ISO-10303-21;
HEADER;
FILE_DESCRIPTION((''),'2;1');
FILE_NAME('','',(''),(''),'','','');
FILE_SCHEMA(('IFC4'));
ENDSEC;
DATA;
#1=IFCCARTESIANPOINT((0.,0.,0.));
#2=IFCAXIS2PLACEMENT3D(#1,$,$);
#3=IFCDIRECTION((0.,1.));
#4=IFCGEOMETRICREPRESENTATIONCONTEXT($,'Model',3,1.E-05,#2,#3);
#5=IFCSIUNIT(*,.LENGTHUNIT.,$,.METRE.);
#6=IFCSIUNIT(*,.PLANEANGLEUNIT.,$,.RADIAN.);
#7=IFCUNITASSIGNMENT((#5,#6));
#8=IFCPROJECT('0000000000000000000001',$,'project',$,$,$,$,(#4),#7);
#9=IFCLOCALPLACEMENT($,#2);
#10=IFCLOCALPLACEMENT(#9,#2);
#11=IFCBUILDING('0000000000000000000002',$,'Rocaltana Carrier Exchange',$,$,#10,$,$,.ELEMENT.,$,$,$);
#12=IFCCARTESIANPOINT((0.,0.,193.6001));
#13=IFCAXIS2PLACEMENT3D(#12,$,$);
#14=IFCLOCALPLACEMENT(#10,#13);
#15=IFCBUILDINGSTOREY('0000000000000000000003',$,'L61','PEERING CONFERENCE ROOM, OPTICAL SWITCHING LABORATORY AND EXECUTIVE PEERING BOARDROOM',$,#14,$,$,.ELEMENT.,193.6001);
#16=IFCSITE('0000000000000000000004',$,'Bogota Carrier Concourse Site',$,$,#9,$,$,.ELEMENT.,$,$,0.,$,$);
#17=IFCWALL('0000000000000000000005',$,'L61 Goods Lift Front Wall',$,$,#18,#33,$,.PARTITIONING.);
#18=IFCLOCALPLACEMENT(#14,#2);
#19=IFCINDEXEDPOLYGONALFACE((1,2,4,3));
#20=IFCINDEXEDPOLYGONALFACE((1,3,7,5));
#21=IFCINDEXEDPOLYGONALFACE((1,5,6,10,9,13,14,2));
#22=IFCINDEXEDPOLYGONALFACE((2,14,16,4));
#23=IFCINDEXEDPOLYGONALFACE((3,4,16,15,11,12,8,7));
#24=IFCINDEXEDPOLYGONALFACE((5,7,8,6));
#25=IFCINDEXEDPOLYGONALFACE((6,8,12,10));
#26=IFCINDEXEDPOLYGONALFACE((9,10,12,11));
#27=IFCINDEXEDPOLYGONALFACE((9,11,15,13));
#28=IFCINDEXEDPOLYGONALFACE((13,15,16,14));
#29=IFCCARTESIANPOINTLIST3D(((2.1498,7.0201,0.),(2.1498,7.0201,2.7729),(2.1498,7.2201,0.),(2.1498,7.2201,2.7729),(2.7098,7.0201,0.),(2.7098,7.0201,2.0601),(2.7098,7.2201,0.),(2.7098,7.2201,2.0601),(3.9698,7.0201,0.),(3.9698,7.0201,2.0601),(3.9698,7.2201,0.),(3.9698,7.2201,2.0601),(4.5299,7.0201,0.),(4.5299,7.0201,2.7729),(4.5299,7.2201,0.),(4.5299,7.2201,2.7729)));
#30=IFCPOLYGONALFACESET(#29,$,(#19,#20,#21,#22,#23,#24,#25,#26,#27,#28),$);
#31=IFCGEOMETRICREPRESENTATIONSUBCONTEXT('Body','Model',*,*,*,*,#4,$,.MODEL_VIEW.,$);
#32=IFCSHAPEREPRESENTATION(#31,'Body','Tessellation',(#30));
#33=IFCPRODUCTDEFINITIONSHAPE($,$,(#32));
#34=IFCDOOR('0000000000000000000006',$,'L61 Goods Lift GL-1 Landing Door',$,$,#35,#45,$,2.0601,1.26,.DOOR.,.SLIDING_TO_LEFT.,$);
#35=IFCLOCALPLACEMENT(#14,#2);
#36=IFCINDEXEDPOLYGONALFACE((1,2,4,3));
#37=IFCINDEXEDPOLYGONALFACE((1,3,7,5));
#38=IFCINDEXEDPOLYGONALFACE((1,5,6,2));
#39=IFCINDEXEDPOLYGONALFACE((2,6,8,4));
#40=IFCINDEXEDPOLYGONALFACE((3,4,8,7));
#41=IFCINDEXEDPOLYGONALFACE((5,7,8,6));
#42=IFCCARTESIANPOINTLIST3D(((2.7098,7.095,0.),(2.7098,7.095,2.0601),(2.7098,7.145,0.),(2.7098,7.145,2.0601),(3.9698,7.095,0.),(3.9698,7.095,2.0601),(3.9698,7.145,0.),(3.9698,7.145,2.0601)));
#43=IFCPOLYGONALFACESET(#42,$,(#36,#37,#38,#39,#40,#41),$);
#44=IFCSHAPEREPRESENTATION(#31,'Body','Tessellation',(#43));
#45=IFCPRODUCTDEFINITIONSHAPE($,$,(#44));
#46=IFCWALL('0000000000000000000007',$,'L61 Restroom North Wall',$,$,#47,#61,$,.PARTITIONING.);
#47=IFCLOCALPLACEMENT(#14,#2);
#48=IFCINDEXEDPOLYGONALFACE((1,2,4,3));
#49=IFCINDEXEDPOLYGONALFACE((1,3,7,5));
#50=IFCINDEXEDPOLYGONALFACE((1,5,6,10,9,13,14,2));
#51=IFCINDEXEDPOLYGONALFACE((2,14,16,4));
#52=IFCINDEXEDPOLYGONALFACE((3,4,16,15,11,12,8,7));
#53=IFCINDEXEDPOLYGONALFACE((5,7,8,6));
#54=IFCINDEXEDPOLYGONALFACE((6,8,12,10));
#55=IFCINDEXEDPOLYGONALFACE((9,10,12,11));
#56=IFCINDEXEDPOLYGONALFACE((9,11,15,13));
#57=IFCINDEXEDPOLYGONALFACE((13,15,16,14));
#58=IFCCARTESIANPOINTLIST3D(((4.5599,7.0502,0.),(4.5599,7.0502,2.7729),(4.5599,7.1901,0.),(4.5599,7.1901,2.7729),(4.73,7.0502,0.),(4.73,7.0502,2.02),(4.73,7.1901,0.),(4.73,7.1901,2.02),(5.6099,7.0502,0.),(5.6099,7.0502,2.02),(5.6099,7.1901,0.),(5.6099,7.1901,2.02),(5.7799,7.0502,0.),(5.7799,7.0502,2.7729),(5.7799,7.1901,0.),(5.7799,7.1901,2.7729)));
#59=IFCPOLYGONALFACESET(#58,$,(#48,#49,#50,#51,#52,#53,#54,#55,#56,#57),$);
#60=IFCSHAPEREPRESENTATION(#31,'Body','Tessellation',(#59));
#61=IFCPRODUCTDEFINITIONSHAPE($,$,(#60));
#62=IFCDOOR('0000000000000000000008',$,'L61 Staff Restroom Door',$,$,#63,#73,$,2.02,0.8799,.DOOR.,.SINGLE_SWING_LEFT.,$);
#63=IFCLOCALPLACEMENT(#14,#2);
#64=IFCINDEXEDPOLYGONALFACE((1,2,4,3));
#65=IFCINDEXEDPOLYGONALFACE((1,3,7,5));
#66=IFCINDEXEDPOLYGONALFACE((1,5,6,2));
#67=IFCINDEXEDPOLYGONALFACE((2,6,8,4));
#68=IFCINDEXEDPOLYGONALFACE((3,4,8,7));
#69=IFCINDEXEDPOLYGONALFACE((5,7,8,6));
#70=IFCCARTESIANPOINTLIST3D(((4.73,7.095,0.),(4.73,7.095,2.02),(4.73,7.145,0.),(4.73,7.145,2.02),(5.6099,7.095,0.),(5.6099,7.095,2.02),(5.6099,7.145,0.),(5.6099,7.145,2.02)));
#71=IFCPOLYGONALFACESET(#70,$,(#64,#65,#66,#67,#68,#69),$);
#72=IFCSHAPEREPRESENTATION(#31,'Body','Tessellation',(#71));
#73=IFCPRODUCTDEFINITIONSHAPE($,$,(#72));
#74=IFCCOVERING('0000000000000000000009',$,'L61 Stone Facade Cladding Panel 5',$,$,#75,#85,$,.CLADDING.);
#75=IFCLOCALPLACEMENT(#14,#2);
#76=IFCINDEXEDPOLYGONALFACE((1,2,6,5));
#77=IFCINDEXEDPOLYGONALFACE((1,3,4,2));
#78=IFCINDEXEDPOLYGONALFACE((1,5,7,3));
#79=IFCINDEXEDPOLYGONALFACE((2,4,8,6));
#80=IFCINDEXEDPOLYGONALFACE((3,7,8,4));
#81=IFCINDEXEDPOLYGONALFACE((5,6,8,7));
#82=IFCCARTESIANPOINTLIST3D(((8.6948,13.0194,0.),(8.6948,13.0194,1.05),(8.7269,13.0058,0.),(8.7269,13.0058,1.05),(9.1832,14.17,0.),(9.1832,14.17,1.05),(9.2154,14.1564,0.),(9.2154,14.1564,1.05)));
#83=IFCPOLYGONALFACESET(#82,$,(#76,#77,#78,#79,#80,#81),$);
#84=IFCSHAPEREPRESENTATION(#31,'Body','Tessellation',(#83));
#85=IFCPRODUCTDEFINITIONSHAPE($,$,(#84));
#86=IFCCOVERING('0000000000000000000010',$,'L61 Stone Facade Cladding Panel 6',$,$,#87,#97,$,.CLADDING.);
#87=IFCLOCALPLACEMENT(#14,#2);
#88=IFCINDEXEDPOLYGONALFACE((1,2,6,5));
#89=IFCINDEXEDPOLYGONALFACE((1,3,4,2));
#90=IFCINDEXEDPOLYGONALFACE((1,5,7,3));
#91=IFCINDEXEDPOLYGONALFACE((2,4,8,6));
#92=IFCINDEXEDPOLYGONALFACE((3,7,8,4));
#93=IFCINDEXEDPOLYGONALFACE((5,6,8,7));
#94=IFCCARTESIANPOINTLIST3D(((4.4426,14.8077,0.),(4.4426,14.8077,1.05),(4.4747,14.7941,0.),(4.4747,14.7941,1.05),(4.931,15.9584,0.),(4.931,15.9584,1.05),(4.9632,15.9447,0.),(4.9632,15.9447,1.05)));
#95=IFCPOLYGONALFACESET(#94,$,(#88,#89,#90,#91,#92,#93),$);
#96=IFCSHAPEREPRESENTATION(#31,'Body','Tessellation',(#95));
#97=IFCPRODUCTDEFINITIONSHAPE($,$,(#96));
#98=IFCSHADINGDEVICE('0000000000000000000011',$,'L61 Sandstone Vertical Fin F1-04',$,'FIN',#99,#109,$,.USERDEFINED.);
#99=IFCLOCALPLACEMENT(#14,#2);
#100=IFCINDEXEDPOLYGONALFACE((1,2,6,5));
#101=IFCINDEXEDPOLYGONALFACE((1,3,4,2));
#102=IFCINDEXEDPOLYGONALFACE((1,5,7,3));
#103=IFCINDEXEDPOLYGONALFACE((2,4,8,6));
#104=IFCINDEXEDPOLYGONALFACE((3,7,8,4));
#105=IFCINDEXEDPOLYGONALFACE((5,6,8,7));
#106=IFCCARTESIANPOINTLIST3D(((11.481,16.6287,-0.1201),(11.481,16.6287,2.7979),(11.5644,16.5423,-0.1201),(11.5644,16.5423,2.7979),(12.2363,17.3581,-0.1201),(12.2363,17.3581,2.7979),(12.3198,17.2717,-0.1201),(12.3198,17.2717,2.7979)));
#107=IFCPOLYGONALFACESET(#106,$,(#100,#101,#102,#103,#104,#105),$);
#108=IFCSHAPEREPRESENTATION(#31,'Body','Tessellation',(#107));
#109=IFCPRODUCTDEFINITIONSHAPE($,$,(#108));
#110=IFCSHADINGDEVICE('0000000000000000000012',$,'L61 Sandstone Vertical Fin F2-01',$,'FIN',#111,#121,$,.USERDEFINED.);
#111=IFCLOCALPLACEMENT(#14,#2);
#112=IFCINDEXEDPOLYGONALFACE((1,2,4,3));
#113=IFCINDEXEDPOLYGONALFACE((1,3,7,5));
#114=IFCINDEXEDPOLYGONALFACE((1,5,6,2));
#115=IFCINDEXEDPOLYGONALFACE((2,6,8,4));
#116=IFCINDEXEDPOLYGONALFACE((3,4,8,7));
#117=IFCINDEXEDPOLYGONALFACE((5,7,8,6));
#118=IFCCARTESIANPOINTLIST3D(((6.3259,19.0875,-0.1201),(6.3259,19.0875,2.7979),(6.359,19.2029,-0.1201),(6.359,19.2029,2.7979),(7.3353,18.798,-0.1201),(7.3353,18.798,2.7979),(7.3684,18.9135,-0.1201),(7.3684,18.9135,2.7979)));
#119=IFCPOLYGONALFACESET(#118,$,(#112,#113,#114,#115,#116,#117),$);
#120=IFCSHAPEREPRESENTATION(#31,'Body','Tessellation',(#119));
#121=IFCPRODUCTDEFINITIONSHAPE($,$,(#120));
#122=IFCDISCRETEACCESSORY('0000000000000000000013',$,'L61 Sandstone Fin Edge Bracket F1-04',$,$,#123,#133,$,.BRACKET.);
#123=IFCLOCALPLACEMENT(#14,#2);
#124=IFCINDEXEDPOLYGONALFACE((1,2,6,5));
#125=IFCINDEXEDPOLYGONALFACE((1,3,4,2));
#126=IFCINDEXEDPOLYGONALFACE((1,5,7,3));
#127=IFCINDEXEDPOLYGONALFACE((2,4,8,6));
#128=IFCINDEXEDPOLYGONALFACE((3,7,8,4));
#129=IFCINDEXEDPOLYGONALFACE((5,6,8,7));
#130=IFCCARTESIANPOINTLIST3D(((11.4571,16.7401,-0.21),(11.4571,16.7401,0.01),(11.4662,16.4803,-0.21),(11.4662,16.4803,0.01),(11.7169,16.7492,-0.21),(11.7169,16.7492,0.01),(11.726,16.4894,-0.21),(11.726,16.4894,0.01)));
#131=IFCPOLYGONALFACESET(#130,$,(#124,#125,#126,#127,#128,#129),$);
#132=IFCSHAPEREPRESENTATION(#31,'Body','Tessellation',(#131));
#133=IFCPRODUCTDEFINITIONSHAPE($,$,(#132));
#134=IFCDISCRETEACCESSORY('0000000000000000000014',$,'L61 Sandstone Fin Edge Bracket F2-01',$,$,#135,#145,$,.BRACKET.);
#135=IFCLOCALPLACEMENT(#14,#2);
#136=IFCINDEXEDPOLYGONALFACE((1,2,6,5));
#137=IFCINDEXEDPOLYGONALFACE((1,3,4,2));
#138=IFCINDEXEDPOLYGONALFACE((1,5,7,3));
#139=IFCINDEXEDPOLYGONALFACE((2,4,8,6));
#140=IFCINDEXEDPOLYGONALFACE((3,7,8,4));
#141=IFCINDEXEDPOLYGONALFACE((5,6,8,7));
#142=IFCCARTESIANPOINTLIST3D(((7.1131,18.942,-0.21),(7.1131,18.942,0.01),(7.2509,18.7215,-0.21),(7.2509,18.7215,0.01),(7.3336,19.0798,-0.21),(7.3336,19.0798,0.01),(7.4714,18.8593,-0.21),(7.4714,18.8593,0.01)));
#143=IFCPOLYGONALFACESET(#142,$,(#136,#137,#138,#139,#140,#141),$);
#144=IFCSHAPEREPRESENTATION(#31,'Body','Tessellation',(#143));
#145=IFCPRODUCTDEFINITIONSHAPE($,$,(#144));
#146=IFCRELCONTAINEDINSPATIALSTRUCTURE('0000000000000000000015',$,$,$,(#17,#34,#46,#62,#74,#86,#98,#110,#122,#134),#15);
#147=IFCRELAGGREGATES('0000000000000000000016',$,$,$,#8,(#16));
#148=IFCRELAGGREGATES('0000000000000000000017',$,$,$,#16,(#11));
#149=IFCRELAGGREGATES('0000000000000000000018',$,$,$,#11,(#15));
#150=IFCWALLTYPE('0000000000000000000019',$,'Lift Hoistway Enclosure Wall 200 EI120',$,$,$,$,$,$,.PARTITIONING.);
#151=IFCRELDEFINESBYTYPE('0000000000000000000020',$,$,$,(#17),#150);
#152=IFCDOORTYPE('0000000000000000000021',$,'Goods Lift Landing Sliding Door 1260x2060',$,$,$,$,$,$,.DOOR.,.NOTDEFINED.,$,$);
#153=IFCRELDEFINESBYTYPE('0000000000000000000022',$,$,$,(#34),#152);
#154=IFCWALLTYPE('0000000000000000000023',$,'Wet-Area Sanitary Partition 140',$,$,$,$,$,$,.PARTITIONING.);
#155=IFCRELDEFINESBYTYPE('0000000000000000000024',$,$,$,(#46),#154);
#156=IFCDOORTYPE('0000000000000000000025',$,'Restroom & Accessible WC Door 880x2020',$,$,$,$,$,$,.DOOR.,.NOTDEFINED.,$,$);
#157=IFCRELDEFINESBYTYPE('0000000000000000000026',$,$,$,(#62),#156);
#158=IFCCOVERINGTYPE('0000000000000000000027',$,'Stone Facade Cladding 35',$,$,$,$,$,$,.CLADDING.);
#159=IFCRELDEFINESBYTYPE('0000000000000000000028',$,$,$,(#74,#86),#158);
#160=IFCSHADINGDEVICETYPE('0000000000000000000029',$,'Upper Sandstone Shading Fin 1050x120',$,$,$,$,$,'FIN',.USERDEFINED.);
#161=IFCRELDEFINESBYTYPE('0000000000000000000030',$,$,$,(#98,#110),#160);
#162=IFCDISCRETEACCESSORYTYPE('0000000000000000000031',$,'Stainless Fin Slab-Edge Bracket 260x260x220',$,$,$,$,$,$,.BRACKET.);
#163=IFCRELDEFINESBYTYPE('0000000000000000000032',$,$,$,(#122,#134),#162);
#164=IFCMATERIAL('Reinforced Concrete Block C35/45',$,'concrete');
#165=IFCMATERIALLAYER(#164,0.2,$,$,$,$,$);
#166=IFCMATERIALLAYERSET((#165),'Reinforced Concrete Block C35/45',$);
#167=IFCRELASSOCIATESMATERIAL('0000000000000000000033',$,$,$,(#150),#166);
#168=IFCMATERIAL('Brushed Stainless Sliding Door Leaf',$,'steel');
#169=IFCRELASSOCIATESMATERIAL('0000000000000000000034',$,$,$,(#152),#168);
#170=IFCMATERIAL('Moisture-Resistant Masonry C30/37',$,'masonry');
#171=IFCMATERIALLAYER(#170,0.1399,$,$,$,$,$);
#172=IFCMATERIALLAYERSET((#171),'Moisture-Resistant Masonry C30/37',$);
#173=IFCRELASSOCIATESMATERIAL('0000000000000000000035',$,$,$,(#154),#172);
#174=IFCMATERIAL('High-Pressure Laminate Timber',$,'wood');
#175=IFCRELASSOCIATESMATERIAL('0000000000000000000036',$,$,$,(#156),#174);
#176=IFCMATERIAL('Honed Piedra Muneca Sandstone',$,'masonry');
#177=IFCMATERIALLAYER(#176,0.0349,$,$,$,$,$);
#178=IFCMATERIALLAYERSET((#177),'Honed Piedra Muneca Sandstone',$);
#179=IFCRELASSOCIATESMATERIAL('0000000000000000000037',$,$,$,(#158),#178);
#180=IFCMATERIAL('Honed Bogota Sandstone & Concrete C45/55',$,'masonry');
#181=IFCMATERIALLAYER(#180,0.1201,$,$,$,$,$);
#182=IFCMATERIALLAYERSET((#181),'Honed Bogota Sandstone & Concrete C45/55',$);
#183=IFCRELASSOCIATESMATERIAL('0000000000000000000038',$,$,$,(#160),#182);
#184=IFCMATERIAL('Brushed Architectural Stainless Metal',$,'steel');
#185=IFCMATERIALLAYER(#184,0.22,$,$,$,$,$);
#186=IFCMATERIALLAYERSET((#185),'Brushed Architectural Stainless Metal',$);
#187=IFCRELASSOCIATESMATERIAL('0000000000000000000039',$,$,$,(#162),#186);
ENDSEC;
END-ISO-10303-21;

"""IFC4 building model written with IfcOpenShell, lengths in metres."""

from ifc_helpers import new_model, si_unit, direction, frame, frame_2d, origin, origin_2d, place, context, subcontext, project, spatial, rectangle, extrude, material, layer, layer_set, type_object, element, fill, save


model = new_model("IFC4")

# Units and contexts
model_context = context("Model", 3, precision=1e-05, world=origin(), true_north=direction((0.0, 1.0)))
body_context = subcontext(model_context, "Body", "Model", "MODEL_VIEW")
ifc_project = project(units=[si_unit("LENGTHUNIT", "METRE"), si_unit("PLANEANGLEUNIT", "RADIAN")], contexts=[model_context])

# Site, building, storey
site_placement = place(None, origin())
site = spatial("IfcSite", under=ifc_project, at=site_placement, Name="Bogota Carrier Concourse Site", CompositionType="ELEMENT", RefElevation=0.0)
building_placement = place(site_placement, origin())
building = spatial("IfcBuilding", under=site, at=building_placement, Name="Rocaltana Carrier Exchange", CompositionType="ELEMENT")
storey_placement = place(building_placement, frame((0.0, 0.0, 193.6001)))
storey = spatial("IfcBuildingStorey", under=building, at=storey_placement, Name="L61", Description="PEERING CONFERENCE ROOM, OPTICAL SWITCHING LABORATORY AND EXECUTIVE PEERING BOARDROOM", CompositionType="ELEMENT", Elevation=193.6001)

# Walls, openings, doors
ifc_material_1 = material(Name="Reinforced Concrete Block C35/45", Category="concrete")
ifc_layer_1 = layer(ifc_material_1, 0.2)
ifc_layer_set_1 = layer_set([ifc_layer_1], Name="Reinforced Concrete Block C35/45")
wall_type_1 = type_object("IfcWallType", Name="Lift Hoistway Enclosure Wall 200 EI120", PredefinedType="PARTITIONING", material=ifc_layer_set_1)
wall_1_placement = place(storey_placement, frame((2.1499, 7.1201, 0.0), z_axis=(0.0, 0.0, 1.0), x_axis=(1.0, 0.0, 0.0)))
wall_1 = element("IfcWall", 1, at=wall_1_placement, inside=storey, type_object=wall_type_1, Name="L61 Goods Lift Front Wall", PredefinedType="PARTITIONING", context=body_context, shape_type="SweptSolid", body=[
    extrude(rectangle(XDim=2.3801, YDim=0.2, at=frame_2d((1.1899, 0.0))), origin(), (0.0, 0.0, 1.0), 2.7729),
])
opening_1_placement = place(wall_1_placement, frame((0.5601, 0.0, 0.0)))
opening_1 = element("IfcOpeningElement", 2, at=opening_1_placement, cuts=wall_1, PredefinedType="OPENING", context=body_context, shape_type="SweptSolid", body=[
    extrude(rectangle(XDim=1.26, YDim=2.0601, at=frame_2d((0.6299, 1.03))), frame((0.0, 0.1099, 0.0), z_axis=(0.0, -1.0, 0.0), x_axis=(1.0, 0.0, 0.0)), (0.0, 0.0, 1.0), 0.22),
])
ifc_material_2 = material(Name="Brushed Stainless Sliding Door Leaf", Category="steel")
door_type_1 = type_object("IfcDoorType", Name="Goods Lift Landing Sliding Door 1260x2060", OperationType="NOTDEFINED", PredefinedType="DOOR", material=ifc_material_2)
door_1_placement = place(opening_1_placement, origin())
door_1 = element("IfcDoor", 3, at=door_1_placement, inside=storey, type_object=door_type_1, Name="L61 Goods Lift GL-1 Landing Door", OperationType="SLIDING_TO_LEFT", OverallHeight=2.0601, OverallWidth=1.26, PredefinedType="DOOR", context=body_context, shape_type="SweptSolid", body=[
    extrude(rectangle(XDim=1.26, YDim=2.0601, at=frame_2d((0.6299, 1.03))), frame((0.0, 0.0249, 0.0), z_axis=(0.0, -1.0, 0.0), x_axis=(1.0, 0.0, 0.0)), (0.0, 0.0, 1.0), 0.05),
])
fill(opening_1, door_1)
ifc_material_3 = material(Name="Moisture-Resistant Masonry C30/37", Category="masonry")
ifc_layer_2 = layer(ifc_material_3, 0.1399)
ifc_layer_set_2 = layer_set([ifc_layer_2], Name="Moisture-Resistant Masonry C30/37")
wall_type_2 = type_object("IfcWallType", Name="Wet-Area Sanitary Partition 140", PredefinedType="PARTITIONING", material=ifc_layer_set_2)
wall_2_placement = place(storey_placement, frame((4.5601, 7.1201, 0.0), z_axis=(0.0, 0.0, 1.0), x_axis=(1.0, 0.0, 0.0)))
wall_2 = element("IfcWall", 4, at=wall_2_placement, inside=storey, type_object=wall_type_2, Name="L61 Restroom North Wall", PredefinedType="PARTITIONING", context=body_context, shape_type="SweptSolid", body=[
    extrude(rectangle(XDim=1.22, YDim=0.1399, at=frame_2d((0.6099, 0.0))), origin(), (0.0, 0.0, 1.0), 2.7729),
])
opening_2_placement = place(wall_2_placement, frame((0.1699, 0.0, 0.0)))
opening_2 = element("IfcOpeningElement", 5, at=opening_2_placement, cuts=wall_2, PredefinedType="OPENING", context=body_context, shape_type="SweptSolid", body=[
    extrude(rectangle(XDim=0.8799, YDim=2.02, at=frame_2d((0.4399, 1.01))), frame((0.0, 0.0798, 0.0), z_axis=(0.0, -1.0, 0.0), x_axis=(1.0, 0.0, 0.0)), (0.0, 0.0, 1.0), 0.1599),
])
ifc_material_4 = material(Name="High-Pressure Laminate Timber", Category="wood")
door_type_2 = type_object("IfcDoorType", Name="Restroom & Accessible WC Door 880x2020", OperationType="NOTDEFINED", PredefinedType="DOOR", material=ifc_material_4)
door_2_placement = place(opening_2_placement, origin())
door_2 = element("IfcDoor", 6, at=door_2_placement, inside=storey, type_object=door_type_2, Name="L61 Staff Restroom Door", OperationType="SINGLE_SWING_LEFT", OverallHeight=2.02, OverallWidth=0.8799, PredefinedType="DOOR", context=body_context, shape_type="SweptSolid", body=[
    extrude(rectangle(XDim=0.8799, YDim=2.02, at=frame_2d((0.4399, 1.01))), frame((0.0, 0.0249, 0.0), z_axis=(0.0, -1.0, 0.0), x_axis=(1.0, 0.0, 0.0)), (0.0, 0.0, 1.0), 0.05),
])
fill(opening_2, door_2)

# Coverings
ifc_material_5 = material(Name="Honed Piedra Muneca Sandstone", Category="masonry")
ifc_layer_3 = layer(ifc_material_5, 0.0349)
ifc_layer_set_3 = layer_set([ifc_layer_3], Name="Honed Piedra Muneca Sandstone")
covering_type = type_object("IfcCoveringType", Name="Stone Facade Cladding 35", PredefinedType="CLADDING", material=ifc_layer_set_3)
for number, where, z_axis, x_axis, name in (
    (7, (8.9551, 13.5879, 0.0), (0.0, 0.0, 1.0), (0.390731, 0.920505, 0.0), "L61 Stone Facade Cladding Panel 5"),
    (8, (4.7029, 15.3762, 0.0), (0.0, 0.0, 1.0), (0.390731, 0.920505, 0.0), "L61 Stone Facade Cladding Panel 6"),
):
    element("IfcCovering", number, at=place(storey_placement, frame(where, z_axis=z_axis, x_axis=x_axis)), inside=storey, type_object=covering_type, Name=name, PredefinedType="CLADDING", context=body_context, shape_type="SweptSolid", body=[
        extrude(rectangle(XDim=1.25, YDim=0.0349, at=origin_2d()), origin(), (0.0, 0.0, 1.0), 1.05),
    ])

# Shading devices
ifc_material_6 = material(Name="Honed Bogota Sandstone & Concrete C45/55", Category="masonry")
ifc_layer_4 = layer(ifc_material_6, 0.1201)
ifc_layer_set_4 = layer_set([ifc_layer_4], Name="Honed Bogota Sandstone & Concrete C45/55")
shading_device_type = type_object("IfcShadingDeviceType", Name="Upper Sandstone Shading Fin 1050x120", ElementType="FIN", PredefinedType="USERDEFINED", material=ifc_layer_set_4)
for number, where, z_axis, x_axis, name in (
    (9, (11.9004, 16.9502, -0.1201), (0.0, 0.0, 1.0), (0.71934, 0.694658, 0.0), "L61 Sandstone Vertical Fin F1-04"),
    (10, (6.8472, 19.0005, -0.1201), (0.0, 0.0, 1.0), (-0.961262, 0.275637, 0.0), "L61 Sandstone Vertical Fin F2-01"),
):
    element("IfcShadingDevice", number, at=place(storey_placement, frame(where, z_axis=z_axis, x_axis=x_axis)), inside=storey, type_object=shading_device_type, Name=name, ObjectType="FIN", PredefinedType="USERDEFINED", context=body_context, shape_type="SweptSolid", body=[
        extrude(rectangle(XDim=1.05, YDim=0.1201, at=origin_2d()), origin(), (0.0, 0.0, 1.0), 2.918),
    ])

# Discrete accessories
ifc_material_7 = material(Name="Brushed Architectural Stainless Metal", Category="steel")
ifc_layer_5 = layer(ifc_material_7, 0.22)
ifc_layer_set_5 = layer_set([ifc_layer_5], Name="Brushed Architectural Stainless Metal")
discrete_accessory_type = type_object("IfcDiscreteAccessoryType", Name="Stainless Fin Slab-Edge Bracket 260x260x220", PredefinedType="BRACKET", material=ifc_layer_set_5)
for number, where, z_axis, x_axis, name in (
    (11, (11.5916, 16.6147, -0.21), (0.0, 0.0, 1.0), (-0.034899, 0.999391, 0.0), "L61 Sandstone Fin Edge Bracket F1-04"),
    (12, (7.2922, 18.9006, -0.21), (0.0, 0.0, 1.0), (-0.848048, -0.529919, 0.0), "L61 Sandstone Fin Edge Bracket F2-01"),
):
    element("IfcDiscreteAccessory", number, at=place(storey_placement, frame(where, z_axis=z_axis, x_axis=x_axis)), inside=storey, type_object=discrete_accessory_type, Name=name, PredefinedType="BRACKET", context=body_context, shape_type="SweptSolid", body=[
        extrude(rectangle(XDim=0.26, YDim=0.26, at=origin_2d()), origin(), (0.0, 0.0, 1.0), 0.22),
    ])

save(model, "model.ifc")
